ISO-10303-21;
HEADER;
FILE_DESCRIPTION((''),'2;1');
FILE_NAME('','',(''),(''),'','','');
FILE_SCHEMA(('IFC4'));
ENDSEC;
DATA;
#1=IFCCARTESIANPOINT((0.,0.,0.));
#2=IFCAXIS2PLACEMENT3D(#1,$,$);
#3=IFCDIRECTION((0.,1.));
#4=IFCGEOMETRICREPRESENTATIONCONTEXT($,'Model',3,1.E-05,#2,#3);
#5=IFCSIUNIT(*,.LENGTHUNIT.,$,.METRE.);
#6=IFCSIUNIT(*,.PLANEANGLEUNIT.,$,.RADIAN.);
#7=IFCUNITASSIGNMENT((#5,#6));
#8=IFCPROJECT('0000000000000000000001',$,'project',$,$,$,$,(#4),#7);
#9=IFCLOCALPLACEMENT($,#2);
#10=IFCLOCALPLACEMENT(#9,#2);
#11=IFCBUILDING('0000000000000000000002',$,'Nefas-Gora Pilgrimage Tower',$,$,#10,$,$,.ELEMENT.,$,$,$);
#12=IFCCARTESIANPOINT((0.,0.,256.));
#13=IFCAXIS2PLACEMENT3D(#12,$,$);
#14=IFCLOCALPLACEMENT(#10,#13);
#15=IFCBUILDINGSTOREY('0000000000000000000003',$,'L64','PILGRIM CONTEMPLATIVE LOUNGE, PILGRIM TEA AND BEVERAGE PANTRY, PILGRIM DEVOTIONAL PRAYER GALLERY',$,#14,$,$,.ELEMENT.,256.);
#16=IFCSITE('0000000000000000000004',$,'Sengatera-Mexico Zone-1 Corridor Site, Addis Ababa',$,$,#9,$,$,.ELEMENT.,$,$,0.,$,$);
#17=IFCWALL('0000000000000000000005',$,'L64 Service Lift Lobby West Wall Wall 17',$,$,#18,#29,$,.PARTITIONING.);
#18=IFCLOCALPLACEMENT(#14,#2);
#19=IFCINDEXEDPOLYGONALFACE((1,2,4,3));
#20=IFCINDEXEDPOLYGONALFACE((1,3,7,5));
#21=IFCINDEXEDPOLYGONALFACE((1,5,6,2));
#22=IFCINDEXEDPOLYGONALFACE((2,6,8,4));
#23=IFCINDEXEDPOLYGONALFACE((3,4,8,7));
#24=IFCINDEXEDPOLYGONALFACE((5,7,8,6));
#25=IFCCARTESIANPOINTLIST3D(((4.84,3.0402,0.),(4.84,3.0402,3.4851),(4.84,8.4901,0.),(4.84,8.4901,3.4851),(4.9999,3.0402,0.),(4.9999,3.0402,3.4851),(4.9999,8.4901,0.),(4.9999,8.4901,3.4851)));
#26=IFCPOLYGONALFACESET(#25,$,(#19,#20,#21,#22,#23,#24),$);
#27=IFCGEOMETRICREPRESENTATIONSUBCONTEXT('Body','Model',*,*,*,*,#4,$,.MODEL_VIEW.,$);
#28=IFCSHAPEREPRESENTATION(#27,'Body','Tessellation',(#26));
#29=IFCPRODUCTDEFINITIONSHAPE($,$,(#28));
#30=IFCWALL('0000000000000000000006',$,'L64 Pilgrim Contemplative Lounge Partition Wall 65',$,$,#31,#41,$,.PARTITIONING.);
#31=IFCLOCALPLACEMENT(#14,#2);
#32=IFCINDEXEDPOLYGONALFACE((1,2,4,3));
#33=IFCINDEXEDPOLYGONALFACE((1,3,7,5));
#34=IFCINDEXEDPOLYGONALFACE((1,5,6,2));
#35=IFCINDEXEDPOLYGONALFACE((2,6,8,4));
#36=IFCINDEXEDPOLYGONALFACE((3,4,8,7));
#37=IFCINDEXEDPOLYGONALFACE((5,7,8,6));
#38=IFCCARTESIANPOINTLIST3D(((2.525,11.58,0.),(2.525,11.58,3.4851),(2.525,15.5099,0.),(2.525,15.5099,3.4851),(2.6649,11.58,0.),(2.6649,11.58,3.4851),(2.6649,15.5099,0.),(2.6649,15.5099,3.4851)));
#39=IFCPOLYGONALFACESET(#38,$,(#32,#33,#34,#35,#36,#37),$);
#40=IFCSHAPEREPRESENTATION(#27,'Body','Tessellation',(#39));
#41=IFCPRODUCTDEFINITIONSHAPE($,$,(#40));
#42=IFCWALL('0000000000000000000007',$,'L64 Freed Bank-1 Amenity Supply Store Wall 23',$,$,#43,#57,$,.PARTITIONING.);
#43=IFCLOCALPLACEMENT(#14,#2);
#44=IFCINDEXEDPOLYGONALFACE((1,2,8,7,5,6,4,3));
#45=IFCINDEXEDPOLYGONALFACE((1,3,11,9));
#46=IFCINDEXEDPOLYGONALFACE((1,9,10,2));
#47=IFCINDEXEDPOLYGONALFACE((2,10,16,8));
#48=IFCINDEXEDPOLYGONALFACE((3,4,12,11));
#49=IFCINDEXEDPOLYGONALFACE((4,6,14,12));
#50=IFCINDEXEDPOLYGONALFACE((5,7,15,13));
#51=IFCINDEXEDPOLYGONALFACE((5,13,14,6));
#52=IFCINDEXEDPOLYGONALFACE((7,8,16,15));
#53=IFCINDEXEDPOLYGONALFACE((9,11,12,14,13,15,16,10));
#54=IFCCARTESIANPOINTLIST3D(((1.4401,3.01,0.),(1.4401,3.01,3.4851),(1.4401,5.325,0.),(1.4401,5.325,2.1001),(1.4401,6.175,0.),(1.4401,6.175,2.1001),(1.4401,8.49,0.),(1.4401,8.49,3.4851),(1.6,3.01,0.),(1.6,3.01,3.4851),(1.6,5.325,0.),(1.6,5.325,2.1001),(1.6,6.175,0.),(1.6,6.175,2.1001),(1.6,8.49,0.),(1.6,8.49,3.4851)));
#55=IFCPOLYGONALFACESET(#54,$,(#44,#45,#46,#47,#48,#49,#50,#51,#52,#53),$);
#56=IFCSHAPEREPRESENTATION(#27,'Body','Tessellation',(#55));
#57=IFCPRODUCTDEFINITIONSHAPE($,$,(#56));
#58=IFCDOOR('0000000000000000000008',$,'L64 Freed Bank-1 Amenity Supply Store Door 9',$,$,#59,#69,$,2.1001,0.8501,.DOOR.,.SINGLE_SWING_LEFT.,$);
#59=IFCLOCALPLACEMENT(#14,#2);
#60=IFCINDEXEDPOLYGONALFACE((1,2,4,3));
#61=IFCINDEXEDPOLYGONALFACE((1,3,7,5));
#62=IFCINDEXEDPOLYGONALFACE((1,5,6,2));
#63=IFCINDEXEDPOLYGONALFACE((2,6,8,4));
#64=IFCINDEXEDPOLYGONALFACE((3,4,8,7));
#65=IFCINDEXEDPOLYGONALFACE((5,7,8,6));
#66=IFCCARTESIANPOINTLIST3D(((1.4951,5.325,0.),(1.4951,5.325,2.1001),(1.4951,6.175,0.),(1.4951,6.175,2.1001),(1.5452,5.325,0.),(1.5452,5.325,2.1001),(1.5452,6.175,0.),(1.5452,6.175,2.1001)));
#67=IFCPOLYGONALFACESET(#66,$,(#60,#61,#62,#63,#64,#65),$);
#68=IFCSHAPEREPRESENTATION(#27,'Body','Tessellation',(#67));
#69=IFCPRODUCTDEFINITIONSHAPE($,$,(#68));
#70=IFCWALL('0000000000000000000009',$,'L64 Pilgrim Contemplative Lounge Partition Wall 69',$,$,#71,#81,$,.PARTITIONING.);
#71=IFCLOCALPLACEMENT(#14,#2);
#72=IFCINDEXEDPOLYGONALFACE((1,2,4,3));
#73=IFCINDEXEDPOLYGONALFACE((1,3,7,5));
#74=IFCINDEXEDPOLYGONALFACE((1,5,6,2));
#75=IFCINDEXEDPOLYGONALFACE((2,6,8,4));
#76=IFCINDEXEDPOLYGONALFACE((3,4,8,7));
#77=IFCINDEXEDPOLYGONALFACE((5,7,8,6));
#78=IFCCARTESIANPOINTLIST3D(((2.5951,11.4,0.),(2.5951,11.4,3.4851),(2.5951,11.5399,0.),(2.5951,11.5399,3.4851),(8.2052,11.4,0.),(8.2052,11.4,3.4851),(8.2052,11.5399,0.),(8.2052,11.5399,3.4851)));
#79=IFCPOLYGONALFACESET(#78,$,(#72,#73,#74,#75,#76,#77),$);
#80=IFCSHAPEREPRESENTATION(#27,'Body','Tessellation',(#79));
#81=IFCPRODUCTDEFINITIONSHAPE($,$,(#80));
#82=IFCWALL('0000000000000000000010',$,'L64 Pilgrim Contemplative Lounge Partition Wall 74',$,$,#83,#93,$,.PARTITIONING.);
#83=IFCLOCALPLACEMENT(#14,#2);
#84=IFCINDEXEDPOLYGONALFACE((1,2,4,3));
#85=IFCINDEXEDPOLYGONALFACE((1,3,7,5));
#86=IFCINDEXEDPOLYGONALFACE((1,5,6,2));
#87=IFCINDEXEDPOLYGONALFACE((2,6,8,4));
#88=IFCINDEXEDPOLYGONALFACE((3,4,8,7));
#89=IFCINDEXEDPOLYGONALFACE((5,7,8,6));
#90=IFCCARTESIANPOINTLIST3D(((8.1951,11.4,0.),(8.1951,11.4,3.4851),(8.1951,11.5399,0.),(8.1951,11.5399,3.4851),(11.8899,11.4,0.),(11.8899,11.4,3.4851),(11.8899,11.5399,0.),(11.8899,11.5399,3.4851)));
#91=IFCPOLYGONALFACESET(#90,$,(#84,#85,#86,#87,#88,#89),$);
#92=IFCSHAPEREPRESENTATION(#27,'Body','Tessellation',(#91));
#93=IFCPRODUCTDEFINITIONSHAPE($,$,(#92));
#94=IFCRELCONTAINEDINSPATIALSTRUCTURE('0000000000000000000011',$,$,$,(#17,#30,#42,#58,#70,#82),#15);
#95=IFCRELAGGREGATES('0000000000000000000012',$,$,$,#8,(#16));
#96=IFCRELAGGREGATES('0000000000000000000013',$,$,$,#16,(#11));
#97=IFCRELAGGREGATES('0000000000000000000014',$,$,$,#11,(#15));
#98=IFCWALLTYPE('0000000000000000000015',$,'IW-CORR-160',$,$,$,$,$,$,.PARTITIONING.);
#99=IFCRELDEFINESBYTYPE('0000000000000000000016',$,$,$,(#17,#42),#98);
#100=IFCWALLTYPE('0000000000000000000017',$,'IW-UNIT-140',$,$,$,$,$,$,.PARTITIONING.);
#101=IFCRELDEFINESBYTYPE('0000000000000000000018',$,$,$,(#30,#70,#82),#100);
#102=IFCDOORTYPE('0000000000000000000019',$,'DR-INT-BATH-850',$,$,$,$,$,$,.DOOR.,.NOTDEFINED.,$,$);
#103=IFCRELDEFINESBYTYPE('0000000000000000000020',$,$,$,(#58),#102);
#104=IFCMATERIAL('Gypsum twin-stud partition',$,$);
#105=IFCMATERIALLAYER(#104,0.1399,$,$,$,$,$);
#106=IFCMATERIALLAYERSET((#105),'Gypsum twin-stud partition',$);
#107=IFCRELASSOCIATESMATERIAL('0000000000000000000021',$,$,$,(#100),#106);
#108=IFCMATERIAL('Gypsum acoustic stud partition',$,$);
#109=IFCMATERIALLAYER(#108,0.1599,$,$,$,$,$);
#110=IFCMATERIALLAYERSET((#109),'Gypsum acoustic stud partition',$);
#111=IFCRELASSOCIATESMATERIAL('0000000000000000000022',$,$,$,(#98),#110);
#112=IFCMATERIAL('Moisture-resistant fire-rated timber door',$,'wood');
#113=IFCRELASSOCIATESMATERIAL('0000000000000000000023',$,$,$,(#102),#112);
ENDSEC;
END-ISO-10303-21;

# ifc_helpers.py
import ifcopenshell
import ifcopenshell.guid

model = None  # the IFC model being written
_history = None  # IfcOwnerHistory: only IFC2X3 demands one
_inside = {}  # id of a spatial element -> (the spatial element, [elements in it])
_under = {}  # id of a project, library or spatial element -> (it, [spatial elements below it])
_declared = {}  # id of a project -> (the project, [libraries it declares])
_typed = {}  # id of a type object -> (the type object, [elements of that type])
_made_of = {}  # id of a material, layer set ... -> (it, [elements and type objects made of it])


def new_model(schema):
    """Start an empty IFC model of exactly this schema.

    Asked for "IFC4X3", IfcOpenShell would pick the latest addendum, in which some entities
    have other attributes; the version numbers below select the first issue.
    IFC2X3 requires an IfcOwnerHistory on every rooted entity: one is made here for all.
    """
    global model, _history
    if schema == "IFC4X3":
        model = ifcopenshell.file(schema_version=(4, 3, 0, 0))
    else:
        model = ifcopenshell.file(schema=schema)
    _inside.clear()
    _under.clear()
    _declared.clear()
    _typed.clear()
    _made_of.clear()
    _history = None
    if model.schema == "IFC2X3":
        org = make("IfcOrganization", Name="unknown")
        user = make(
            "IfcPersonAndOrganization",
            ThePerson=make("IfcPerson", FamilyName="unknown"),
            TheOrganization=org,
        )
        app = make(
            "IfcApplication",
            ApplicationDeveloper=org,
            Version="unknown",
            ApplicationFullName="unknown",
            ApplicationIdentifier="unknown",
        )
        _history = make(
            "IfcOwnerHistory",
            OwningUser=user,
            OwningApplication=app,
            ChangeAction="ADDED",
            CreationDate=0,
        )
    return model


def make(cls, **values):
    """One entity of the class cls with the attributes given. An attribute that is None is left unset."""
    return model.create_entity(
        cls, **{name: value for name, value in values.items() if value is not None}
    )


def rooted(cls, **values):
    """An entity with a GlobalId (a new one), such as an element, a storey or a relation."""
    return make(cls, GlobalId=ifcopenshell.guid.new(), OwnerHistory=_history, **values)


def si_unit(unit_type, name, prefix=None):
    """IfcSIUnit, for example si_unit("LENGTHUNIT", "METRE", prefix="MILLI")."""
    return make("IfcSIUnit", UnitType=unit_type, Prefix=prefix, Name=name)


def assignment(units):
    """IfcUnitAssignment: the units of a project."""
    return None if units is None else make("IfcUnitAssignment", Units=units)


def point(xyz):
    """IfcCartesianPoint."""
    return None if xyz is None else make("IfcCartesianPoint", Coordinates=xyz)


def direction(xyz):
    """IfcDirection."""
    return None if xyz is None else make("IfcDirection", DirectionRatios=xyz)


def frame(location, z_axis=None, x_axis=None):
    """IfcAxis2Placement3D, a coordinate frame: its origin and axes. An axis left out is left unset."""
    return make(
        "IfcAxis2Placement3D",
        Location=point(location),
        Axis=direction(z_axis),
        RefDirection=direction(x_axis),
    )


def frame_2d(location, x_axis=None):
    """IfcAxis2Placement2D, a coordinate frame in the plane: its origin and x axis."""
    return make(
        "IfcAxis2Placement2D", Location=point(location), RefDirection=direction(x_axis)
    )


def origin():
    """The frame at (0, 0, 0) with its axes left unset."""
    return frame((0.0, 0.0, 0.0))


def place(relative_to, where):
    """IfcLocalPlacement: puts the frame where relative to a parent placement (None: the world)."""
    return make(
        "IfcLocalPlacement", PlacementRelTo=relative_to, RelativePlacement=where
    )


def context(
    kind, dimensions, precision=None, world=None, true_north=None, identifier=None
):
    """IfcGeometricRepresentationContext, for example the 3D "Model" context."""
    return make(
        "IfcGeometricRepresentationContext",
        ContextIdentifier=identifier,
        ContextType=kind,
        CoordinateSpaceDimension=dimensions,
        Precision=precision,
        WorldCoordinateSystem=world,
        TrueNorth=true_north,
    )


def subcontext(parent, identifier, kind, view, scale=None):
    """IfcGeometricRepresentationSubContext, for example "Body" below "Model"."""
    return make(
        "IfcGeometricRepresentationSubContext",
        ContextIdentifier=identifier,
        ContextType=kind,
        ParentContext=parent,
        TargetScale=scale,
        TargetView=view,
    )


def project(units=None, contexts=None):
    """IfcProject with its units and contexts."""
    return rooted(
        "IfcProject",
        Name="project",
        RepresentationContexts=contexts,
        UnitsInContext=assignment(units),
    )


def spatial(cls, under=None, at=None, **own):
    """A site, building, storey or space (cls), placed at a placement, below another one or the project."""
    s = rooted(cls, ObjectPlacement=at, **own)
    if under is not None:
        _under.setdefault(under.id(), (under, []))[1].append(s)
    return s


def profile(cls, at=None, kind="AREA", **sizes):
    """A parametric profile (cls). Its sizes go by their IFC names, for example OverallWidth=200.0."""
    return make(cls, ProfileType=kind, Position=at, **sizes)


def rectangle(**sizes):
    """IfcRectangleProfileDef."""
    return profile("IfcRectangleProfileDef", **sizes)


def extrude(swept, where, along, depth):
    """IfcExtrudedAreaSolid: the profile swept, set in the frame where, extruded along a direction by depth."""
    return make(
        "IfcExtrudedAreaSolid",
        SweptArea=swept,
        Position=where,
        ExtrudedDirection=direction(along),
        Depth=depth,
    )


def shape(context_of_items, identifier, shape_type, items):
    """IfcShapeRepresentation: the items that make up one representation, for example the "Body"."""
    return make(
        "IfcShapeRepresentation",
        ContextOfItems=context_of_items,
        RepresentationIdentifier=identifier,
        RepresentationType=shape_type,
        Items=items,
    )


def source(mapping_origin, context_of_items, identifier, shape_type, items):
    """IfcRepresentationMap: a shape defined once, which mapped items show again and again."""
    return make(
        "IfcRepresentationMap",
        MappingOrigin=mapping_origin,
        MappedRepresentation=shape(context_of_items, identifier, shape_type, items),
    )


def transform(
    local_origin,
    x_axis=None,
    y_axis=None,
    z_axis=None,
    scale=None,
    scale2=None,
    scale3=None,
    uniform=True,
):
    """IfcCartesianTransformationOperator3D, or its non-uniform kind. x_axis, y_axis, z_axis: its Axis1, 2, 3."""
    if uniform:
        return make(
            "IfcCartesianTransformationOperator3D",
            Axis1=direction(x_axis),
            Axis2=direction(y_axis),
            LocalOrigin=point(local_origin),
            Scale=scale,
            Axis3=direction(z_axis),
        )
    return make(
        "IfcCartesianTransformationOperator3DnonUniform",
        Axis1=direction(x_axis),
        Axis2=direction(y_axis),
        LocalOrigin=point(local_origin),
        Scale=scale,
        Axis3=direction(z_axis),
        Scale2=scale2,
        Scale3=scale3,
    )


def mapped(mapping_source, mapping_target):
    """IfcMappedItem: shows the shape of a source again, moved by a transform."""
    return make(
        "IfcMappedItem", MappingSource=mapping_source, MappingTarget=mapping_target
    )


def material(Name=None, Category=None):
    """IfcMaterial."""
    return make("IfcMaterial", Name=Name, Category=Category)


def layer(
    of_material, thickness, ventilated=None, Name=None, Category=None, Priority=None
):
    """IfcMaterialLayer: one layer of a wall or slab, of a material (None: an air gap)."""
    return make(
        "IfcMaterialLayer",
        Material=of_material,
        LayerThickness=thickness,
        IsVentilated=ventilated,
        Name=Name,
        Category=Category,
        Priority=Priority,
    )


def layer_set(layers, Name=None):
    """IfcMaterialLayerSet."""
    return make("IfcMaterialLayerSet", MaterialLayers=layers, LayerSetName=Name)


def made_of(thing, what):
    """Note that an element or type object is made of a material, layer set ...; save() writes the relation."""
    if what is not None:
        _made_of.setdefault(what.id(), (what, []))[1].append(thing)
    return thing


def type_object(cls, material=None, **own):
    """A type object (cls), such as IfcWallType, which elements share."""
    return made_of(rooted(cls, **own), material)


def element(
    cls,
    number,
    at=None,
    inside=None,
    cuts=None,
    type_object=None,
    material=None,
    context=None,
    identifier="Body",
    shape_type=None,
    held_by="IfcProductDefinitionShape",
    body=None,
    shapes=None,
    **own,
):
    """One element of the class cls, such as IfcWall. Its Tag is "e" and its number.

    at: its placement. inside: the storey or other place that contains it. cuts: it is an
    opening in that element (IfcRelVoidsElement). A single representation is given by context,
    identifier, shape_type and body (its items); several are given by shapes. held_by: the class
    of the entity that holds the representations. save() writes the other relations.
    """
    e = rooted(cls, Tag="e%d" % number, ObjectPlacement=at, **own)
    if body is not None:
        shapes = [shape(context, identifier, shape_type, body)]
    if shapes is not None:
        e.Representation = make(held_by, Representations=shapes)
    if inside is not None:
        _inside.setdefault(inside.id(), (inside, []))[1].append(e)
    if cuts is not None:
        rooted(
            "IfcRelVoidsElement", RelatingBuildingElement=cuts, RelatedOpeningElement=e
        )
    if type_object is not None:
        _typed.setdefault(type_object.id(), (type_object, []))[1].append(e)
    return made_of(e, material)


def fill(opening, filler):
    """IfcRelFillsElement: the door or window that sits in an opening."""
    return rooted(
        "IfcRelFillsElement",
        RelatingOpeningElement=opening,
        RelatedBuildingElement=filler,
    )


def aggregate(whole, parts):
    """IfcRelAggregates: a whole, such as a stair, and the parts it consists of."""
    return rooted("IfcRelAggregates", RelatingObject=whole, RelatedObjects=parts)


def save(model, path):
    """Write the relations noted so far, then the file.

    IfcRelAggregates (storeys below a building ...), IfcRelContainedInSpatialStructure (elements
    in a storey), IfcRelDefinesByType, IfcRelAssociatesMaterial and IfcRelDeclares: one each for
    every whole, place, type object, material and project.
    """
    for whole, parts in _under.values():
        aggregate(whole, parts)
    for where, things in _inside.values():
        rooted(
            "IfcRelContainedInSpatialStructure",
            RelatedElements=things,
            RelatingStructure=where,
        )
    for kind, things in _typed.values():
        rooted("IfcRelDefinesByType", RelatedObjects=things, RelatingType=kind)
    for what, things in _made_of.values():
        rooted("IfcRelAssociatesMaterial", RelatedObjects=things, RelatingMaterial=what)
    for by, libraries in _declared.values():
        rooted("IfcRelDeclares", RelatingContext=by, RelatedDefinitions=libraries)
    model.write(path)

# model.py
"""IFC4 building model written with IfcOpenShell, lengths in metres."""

from ifc_helpers import new_model, si_unit, direction, frame, frame_2d, origin, place, context, subcontext, project, spatial, rectangle, extrude, source, transform, mapped, material, layer, layer_set, type_object, element, fill, save


model = new_model("IFC4")

# Units and contexts
model_context = context("Model", 3, precision=1e-05, world=origin(), true_north=direction((0.0, 1.0)))
body_context = subcontext(model_context, "Body", "Model", "MODEL_VIEW")
ifc_project = project(units=[si_unit("LENGTHUNIT", "METRE"), si_unit("PLANEANGLEUNIT", "RADIAN")], contexts=[model_context])

# Site, building, storey
site_placement = place(None, origin())
site = spatial("IfcSite", under=ifc_project, at=site_placement, Name="Sengatera-Mexico Zone-1 Corridor Site, Addis Ababa", CompositionType="ELEMENT", RefElevation=0.0)
building_placement = place(site_placement, origin())
building = spatial("IfcBuilding", under=site, at=building_placement, Name="Nefas-Gora Pilgrimage Tower", CompositionType="ELEMENT")
storey_placement = place(building_placement, frame((0.0, 0.0, 256.0)))
storey = spatial("IfcBuildingStorey", under=building, at=storey_placement, Name="L64", Description="PILGRIM CONTEMPLATIVE LOUNGE, PILGRIM TEA AND BEVERAGE PANTRY, PILGRIM DEVOTIONAL PRAYER GALLERY", CompositionType="ELEMENT", Elevation=256.0)

# Walls
ifc_material_1 = material(Name="Gypsum twin-stud partition")
ifc_layer_1 = layer(ifc_material_1, 0.1399)
ifc_layer_set_1 = layer_set([ifc_layer_1], Name="Gypsum twin-stud partition")
wall_type_1 = type_object("IfcWallType", Name="IW-UNIT-140", PredefinedType="PARTITIONING", material=ifc_layer_set_1)
ifc_material_2 = material(Name="Gypsum acoustic stud partition")
ifc_layer_2 = layer(ifc_material_2, 0.1599)
ifc_layer_set_2 = layer_set([ifc_layer_2], Name="Gypsum acoustic stud partition")
wall_type_2 = type_object("IfcWallType", Name="IW-CORR-160", PredefinedType="PARTITIONING", material=ifc_layer_set_2)
shared_shape_1 = source(origin(), body_context, "Body", "SweptSolid", [
    extrude(rectangle(XDim=5.45, YDim=0.1599, at=frame_2d((2.7251, 0.0))), origin(), (0.0, 0.0, 1.0), 3.4851),
])
wall_1_placement = place(storey_placement, frame((4.9199, 3.04, 0.0), z_axis=(0.0, 0.0, 1.0), x_axis=(0.0, 1.0, 0.0)))
element("IfcWall", 1, at=wall_1_placement, inside=storey, type_object=wall_type_2, Name="L64 Service Lift Lobby West Wall Wall 17", PredefinedType="PARTITIONING", context=body_context, shape_type="MappedRepresentation", body=[
    mapped(shared_shape_1, transform((0.0, 0.0, 0.0), x_axis=(1.0, 0.0, 0.0), y_axis=(0.0, 1.0, 0.0), z_axis=(0.0, 0.0, 1.0), scale=1.0)),
])
shared_shape_2 = source(origin(), body_context, "Body", "SweptSolid", [
    extrude(rectangle(XDim=3.9299, YDim=0.1399, at=frame_2d((1.9648, 0.0))), origin(), (0.0, 0.0, 1.0), 3.4851),
])
wall_2_placement = place(storey_placement, frame((2.595, 11.5801, 0.0), z_axis=(0.0, 0.0, 1.0), x_axis=(0.0, 1.0, 0.0)))
element("IfcWall", 2, at=wall_2_placement, inside=storey, type_object=wall_type_1, Name="L64 Pilgrim Contemplative Lounge Partition Wall 65", PredefinedType="PARTITIONING", context=body_context, shape_type="MappedRepresentation", body=[
    mapped(shared_shape_2, transform((0.0, 0.0, 0.0), x_axis=(1.0, 0.0, 0.0), y_axis=(0.0, 1.0, 0.0), z_axis=(0.0, 0.0, 1.0), scale=1.0)),
])

# Wall, opening, door
shared_shape_3 = source(origin(), body_context, "Body", "SweptSolid", [
    extrude(rectangle(XDim=5.48, YDim=0.1599, at=frame_2d((2.74, 0.0))), origin(), (0.0, 0.0, 1.0), 3.4851),
])
wall_3_placement = place(storey_placement, frame((1.52, 3.01, 0.0), z_axis=(0.0, 0.0, 1.0), x_axis=(0.0, 1.0, 0.0)))
wall_3 = element("IfcWall", 3, at=wall_3_placement, inside=storey, type_object=wall_type_2, Name="L64 Freed Bank-1 Amenity Supply Store Wall 23", PredefinedType="PARTITIONING", context=body_context, shape_type="MappedRepresentation", body=[
    mapped(shared_shape_3, transform((0.0, 0.0, 0.0), x_axis=(1.0, 0.0, 0.0), y_axis=(0.0, 1.0, 0.0), z_axis=(0.0, 0.0, 1.0), scale=1.0)),
])
opening_1_placement = place(wall_3_placement, frame((2.3149, 0.0, 0.0)))
opening_1 = element("IfcOpeningElement", 4, at=opening_1_placement, cuts=wall_3, PredefinedType="OPENING", context=body_context, shape_type="SweptSolid", body=[
    extrude(rectangle(XDim=0.8501, YDim=2.1001, at=frame_2d((0.425, 1.05))), frame((0.0, 0.0898, 0.0), z_axis=(0.0, -1.0, 0.0), x_axis=(1.0, 0.0, 0.0)), (0.0, 0.0, 1.0), 0.1799),
])
ifc_material_3 = material(Name="Moisture-resistant fire-rated timber door", Category="wood")
door_type_1 = type_object("IfcDoorType", Name="DR-INT-BATH-850", OperationType="NOTDEFINED", PredefinedType="DOOR", material=ifc_material_3)
shared_shape_4 = source(origin(), body_context, "Body", "SweptSolid", [
    extrude(rectangle(XDim=0.8501, YDim=2.1001, at=frame_2d((0.425, 1.05))), frame((0.0, 0.0249, 0.0), z_axis=(0.0, -1.0, 0.0), x_axis=(1.0, 0.0, 0.0)), (0.0, 0.0, 1.0), 0.05),
])
door_1_placement = place(opening_1_placement, origin())
door_1 = element("IfcDoor", 5, at=door_1_placement, inside=storey, type_object=door_type_1, Name="L64 Freed Bank-1 Amenity Supply Store Door 9", OperationType="SINGLE_SWING_LEFT", OverallHeight=2.1001, OverallWidth=0.8501, PredefinedType="DOOR", context=body_context, shape_type="MappedRepresentation", body=[
    mapped(shared_shape_4, transform((0.0, 0.0, 0.0), x_axis=(1.0, 0.0, 0.0), y_axis=(0.0, 1.0, 0.0), z_axis=(0.0, 0.0, 1.0), scale=1.0)),
])
fill(opening_1, door_1)

# Walls
shared_shape_5 = source(origin(), body_context, "Body", "SweptSolid", [
    extrude(rectangle(XDim=5.6101, YDim=0.1399, at=frame_2d((2.8052, 0.0))), origin(), (0.0, 0.0, 1.0), 3.4851),
])
wall_4_placement = place(storey_placement, frame((2.595, 11.47, 0.0), z_axis=(0.0, 0.0, 1.0), x_axis=(1.0, 0.0, 0.0)))
element("IfcWall", 6, at=wall_4_placement, inside=storey, type_object=wall_type_1, Name="L64 Pilgrim Contemplative Lounge Partition Wall 69", PredefinedType="PARTITIONING", context=body_context, shape_type="MappedRepresentation", body=[
    mapped(shared_shape_5, transform((0.0, 0.0, 0.0), x_axis=(1.0, 0.0, 0.0), y_axis=(0.0, 1.0, 0.0), z_axis=(0.0, 0.0, 1.0), scale=1.0)),
])
shared_shape_6 = source(origin(), body_context, "Body", "SweptSolid", [
    extrude(rectangle(XDim=3.6948, YDim=0.1399, at=frame_2d((1.8474, 0.0))), origin(), (0.0, 0.0, 1.0), 3.4851),
])
wall_5_placement = place(storey_placement, frame((8.1951, 11.47, 0.0), z_axis=(0.0, 0.0, 1.0), x_axis=(1.0, 0.0, 0.0)))
element("IfcWall", 7, at=wall_5_placement, inside=storey, type_object=wall_type_1, Name="L64 Pilgrim Contemplative Lounge Partition Wall 74", PredefinedType="PARTITIONING", context=body_context, shape_type="MappedRepresentation", body=[
    mapped(shared_shape_6, transform((0.0, 0.0, 0.0), x_axis=(1.0, 0.0, 0.0), y_axis=(0.0, 1.0, 0.0), z_axis=(0.0, 0.0, 1.0), scale=1.0)),
])

save(model, "model.ifc")
